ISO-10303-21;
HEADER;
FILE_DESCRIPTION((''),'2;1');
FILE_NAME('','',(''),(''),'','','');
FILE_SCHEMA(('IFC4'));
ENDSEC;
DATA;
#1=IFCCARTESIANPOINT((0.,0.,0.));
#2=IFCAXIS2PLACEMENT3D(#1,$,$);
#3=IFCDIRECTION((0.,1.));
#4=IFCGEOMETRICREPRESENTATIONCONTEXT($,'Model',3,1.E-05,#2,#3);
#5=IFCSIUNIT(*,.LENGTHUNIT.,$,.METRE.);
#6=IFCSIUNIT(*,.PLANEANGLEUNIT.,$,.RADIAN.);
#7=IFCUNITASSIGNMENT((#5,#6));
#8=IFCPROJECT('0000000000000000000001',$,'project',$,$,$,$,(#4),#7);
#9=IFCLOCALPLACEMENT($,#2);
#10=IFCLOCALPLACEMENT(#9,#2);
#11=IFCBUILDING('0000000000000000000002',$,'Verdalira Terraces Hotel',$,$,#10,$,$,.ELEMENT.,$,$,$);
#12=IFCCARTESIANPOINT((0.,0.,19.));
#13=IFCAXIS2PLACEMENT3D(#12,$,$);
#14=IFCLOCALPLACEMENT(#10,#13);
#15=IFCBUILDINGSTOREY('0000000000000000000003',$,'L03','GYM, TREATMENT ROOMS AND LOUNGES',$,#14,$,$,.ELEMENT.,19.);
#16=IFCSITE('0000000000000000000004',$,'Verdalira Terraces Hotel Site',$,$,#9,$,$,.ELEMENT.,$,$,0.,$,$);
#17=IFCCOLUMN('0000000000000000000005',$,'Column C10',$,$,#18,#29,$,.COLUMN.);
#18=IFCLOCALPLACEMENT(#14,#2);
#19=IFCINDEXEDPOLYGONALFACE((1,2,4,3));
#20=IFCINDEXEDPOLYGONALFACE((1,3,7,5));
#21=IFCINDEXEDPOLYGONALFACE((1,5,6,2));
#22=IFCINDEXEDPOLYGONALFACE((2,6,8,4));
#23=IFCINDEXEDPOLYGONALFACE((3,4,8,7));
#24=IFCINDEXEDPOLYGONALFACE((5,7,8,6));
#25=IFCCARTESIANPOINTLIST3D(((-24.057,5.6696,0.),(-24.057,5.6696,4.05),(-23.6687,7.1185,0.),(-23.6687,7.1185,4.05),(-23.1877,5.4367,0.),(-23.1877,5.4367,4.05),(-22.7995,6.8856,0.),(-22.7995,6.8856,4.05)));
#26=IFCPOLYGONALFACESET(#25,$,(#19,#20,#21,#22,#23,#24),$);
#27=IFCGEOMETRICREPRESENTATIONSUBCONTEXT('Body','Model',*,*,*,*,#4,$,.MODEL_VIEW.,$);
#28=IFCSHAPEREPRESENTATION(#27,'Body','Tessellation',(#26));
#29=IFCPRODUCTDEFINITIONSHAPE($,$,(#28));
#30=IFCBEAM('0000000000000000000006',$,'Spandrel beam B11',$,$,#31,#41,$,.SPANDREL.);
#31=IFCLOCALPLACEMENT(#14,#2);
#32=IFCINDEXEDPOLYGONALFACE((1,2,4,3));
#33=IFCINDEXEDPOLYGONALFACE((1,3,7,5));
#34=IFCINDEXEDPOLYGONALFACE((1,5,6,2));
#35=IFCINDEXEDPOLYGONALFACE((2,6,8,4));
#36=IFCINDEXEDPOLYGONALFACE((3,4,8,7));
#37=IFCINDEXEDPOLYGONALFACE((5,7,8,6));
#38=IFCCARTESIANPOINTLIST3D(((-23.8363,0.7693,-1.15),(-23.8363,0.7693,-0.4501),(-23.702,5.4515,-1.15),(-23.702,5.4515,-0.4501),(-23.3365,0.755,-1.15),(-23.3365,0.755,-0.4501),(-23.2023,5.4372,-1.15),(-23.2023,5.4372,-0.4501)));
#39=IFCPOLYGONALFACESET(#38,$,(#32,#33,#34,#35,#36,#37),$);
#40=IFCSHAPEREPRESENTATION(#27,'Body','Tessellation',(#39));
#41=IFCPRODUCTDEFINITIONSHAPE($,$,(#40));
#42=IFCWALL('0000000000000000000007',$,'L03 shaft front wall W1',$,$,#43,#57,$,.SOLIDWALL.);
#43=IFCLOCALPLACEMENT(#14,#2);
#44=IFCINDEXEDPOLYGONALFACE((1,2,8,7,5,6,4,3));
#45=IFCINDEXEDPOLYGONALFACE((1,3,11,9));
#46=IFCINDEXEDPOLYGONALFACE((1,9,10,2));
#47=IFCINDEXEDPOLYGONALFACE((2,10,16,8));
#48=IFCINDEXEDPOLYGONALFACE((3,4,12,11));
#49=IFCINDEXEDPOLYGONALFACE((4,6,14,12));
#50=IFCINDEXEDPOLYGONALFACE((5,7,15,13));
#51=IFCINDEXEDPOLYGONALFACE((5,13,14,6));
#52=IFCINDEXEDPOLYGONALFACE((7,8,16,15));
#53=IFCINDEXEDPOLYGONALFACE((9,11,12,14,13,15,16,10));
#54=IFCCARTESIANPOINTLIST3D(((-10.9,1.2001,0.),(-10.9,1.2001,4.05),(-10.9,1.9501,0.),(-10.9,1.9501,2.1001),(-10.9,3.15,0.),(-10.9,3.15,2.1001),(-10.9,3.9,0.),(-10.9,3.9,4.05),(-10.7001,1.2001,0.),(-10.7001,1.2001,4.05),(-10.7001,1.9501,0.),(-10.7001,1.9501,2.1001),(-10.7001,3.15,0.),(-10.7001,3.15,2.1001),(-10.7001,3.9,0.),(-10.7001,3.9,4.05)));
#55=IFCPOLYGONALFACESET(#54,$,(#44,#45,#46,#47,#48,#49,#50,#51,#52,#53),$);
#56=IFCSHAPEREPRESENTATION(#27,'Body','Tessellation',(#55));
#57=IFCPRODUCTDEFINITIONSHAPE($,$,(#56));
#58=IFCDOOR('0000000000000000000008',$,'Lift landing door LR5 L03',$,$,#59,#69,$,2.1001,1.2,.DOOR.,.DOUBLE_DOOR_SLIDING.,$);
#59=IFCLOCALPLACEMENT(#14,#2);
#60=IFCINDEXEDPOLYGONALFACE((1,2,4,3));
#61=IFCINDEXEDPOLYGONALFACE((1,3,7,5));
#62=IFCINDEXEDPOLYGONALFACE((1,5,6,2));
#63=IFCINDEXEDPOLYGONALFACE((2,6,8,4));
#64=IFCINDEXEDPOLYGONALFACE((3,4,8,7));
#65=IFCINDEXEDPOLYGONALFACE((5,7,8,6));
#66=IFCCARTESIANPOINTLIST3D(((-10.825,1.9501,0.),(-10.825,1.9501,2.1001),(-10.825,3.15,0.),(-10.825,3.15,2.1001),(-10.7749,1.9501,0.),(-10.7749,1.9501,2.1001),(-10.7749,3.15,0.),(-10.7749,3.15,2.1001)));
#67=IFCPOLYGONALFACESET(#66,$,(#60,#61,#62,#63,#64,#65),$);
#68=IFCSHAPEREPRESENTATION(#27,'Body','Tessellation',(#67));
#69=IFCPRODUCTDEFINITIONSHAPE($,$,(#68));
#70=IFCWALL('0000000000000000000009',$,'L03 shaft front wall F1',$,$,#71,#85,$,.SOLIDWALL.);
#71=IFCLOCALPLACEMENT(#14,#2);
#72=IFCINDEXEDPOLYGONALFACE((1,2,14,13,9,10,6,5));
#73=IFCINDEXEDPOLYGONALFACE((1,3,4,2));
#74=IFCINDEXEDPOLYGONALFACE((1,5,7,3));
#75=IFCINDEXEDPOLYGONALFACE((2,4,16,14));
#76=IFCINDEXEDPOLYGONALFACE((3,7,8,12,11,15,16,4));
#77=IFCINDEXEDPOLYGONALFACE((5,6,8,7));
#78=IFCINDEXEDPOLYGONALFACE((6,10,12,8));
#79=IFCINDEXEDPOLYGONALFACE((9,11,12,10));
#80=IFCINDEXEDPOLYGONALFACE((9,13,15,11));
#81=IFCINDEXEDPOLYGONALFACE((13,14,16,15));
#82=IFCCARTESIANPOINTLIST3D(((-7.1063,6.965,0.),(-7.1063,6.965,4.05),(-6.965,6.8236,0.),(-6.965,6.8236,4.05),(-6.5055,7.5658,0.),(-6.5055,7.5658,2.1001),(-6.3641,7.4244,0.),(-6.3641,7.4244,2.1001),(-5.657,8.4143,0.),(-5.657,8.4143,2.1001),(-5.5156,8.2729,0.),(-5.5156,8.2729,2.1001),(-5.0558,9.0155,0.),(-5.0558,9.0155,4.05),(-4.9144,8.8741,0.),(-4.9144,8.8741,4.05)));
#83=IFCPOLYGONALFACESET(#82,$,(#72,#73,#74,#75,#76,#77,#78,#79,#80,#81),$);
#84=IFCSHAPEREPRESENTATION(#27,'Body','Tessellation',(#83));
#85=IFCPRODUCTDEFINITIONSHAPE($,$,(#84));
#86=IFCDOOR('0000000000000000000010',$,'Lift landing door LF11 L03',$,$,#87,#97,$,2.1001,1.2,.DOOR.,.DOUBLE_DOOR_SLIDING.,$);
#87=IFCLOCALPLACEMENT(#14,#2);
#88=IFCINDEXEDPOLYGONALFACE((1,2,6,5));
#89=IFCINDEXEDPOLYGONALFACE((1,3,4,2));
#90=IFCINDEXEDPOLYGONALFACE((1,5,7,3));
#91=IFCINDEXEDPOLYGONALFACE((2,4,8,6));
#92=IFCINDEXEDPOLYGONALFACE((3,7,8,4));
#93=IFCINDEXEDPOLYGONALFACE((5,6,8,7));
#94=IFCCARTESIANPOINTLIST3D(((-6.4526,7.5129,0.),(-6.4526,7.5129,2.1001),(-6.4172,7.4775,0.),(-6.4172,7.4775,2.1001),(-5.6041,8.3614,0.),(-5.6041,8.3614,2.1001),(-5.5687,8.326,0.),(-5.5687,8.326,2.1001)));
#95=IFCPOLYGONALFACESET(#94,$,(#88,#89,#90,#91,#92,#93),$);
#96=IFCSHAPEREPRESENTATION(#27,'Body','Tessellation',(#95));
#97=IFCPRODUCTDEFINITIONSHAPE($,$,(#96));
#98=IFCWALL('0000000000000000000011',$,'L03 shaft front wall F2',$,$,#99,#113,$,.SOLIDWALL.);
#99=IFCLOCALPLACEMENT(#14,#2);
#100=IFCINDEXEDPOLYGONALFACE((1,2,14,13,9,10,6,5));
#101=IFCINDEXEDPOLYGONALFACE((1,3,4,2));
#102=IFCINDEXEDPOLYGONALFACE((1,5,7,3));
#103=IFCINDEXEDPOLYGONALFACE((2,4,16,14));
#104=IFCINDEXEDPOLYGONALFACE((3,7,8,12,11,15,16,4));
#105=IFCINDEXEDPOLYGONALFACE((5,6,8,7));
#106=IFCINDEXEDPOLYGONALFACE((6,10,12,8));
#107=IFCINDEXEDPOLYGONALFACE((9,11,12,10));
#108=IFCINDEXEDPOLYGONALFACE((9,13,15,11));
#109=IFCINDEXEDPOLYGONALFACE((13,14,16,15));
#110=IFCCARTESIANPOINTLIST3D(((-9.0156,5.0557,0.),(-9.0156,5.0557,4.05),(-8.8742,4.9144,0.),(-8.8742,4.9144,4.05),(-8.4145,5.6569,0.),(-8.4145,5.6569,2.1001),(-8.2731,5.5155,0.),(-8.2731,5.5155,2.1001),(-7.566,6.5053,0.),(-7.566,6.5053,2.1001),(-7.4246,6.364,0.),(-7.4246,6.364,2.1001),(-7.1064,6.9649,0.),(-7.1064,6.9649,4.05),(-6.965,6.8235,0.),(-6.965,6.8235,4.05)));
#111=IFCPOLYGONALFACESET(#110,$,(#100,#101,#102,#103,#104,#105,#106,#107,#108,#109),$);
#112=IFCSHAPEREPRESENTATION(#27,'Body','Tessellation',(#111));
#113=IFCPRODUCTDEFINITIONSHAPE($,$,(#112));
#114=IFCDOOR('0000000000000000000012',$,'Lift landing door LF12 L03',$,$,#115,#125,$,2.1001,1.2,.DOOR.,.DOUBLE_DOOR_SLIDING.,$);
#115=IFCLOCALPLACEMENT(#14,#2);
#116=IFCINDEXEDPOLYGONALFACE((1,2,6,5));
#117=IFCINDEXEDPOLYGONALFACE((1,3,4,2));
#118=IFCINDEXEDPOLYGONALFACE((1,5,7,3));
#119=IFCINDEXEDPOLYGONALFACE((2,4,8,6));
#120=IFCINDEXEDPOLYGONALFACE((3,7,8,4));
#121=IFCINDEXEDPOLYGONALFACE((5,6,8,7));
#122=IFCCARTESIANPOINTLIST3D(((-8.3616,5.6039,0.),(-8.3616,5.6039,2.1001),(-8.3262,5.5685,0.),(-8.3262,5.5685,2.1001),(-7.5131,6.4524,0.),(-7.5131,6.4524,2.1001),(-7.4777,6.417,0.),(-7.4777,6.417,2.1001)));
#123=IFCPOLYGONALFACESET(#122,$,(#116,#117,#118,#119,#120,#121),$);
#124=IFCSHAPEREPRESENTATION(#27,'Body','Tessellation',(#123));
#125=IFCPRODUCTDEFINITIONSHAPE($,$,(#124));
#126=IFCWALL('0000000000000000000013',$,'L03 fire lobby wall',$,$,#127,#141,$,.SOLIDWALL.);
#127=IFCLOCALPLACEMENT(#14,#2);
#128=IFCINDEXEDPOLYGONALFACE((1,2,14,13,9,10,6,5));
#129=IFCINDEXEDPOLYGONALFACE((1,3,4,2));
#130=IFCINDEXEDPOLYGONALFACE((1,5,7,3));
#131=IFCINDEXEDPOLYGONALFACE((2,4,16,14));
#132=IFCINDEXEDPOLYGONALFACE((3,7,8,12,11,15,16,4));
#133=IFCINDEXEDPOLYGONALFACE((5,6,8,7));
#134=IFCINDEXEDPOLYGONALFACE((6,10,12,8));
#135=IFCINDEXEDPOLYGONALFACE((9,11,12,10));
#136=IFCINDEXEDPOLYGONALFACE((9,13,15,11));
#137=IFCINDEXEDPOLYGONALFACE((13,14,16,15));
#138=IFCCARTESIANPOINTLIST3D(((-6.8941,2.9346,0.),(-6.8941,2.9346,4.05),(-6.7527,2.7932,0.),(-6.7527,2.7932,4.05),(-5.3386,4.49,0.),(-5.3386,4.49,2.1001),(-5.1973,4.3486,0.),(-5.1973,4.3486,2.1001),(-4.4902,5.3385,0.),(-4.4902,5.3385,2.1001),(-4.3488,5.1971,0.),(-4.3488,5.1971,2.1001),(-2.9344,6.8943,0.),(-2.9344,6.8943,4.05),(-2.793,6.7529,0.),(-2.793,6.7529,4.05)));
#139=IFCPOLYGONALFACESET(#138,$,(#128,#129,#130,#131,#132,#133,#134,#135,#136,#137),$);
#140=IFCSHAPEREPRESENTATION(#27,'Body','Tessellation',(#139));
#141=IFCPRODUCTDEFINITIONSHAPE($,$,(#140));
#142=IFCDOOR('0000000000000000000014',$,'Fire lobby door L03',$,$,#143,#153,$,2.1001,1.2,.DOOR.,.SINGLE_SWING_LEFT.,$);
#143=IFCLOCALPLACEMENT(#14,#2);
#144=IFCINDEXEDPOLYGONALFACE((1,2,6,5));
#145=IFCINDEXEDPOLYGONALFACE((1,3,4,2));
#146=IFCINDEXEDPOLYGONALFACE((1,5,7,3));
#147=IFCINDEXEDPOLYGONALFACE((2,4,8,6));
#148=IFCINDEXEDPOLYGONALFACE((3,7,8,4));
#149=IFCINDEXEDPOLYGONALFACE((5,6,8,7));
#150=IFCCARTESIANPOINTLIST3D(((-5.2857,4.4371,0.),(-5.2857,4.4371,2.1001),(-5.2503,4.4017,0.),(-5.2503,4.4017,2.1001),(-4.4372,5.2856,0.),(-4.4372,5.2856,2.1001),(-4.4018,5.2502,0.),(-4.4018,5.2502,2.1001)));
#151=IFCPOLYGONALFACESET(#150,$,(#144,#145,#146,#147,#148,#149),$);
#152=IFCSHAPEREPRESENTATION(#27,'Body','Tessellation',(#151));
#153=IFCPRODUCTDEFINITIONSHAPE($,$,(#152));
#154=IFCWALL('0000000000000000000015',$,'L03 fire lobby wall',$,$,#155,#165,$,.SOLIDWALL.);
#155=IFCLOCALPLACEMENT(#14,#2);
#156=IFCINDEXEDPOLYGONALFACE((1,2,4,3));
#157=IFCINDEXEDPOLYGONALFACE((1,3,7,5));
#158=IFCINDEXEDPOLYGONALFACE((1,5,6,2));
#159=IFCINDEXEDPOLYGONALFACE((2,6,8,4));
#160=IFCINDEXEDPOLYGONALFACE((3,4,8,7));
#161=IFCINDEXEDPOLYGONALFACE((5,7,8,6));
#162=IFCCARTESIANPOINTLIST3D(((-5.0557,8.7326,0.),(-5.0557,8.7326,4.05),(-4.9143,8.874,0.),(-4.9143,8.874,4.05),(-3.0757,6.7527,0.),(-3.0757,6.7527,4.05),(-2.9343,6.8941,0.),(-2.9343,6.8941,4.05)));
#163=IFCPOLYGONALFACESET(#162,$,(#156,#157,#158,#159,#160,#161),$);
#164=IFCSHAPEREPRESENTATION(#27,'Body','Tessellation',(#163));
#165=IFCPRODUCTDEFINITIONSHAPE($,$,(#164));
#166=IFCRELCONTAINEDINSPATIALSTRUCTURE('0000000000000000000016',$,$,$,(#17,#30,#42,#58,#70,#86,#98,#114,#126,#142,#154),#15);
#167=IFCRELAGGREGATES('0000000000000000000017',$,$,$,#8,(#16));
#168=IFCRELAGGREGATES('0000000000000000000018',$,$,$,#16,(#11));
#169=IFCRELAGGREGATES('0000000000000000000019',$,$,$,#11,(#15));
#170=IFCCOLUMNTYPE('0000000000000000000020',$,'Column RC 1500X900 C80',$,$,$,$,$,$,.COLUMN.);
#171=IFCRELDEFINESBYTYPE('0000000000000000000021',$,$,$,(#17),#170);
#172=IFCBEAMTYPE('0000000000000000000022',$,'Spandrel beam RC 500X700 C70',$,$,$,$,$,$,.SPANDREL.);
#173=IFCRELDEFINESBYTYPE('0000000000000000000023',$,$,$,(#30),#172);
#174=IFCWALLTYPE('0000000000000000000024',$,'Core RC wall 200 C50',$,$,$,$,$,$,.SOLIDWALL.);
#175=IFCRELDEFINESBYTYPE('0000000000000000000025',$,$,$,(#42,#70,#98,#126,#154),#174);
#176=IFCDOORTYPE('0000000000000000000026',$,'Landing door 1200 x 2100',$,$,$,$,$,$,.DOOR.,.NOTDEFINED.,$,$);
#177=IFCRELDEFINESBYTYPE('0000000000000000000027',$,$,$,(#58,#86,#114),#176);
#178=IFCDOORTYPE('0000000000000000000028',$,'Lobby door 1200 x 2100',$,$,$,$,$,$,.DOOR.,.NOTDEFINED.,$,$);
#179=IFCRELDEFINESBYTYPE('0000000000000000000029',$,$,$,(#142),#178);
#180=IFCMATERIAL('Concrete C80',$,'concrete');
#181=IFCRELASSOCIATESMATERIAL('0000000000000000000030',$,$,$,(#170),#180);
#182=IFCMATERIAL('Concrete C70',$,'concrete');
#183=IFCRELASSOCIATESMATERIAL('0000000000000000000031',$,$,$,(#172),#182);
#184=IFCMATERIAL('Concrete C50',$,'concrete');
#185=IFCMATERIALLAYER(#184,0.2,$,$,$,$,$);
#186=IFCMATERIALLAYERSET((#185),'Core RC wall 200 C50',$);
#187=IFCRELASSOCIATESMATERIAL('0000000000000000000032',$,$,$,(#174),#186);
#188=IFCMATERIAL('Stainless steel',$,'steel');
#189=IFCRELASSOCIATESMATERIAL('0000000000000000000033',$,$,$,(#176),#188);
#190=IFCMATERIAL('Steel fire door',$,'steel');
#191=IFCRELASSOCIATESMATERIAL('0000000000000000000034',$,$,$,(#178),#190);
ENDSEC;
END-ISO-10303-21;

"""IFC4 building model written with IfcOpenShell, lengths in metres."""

from ifc_helpers import new_model, si_unit, direction, frame, frame_2d, origin, origin_2d, place, context, subcontext, project, spatial, rectangle, extrude, material, layer, layer_set, material_profile, profile_set, type_object, element, fill, save


model = new_model("IFC4")

# Units and contexts
model_context = context("Model", 3, precision=1e-05, world=origin(), true_north=direction((0.0, 1.0)))
body_context = subcontext(model_context, "Body", "Model", "MODEL_VIEW")
ifc_project = project(units=[si_unit("LENGTHUNIT", "METRE"), si_unit("PLANEANGLEUNIT", "RADIAN")], contexts=[model_context])

# Site, building, storey
site_placement = place(None, origin())
site = spatial("IfcSite", under=ifc_project, at=site_placement, Name="Verdalira Terraces Hotel Site", CompositionType="ELEMENT", RefElevation=0.0)
building_placement = place(site_placement, origin())
building = spatial("IfcBuilding", under=site, at=building_placement, Name="Verdalira Terraces Hotel", CompositionType="ELEMENT")
storey_placement = place(building_placement, frame((0.0, 0.0, 19.0)))
storey = spatial("IfcBuildingStorey", under=building, at=storey_placement, Name="L03", Description="GYM, TREATMENT ROOMS AND LOUNGES", CompositionType="ELEMENT", Elevation=19.0)

# Column
ifc_material_1 = material(Name="Concrete C80", Category="concrete")
ifc_material_profile_1 = material_profile(ifc_material_1, rectangle(XDim=1.5, YDim=0.8999, at=origin_2d()), Name="RC 1500X900")
ifc_profile_set_1 = profile_set([ifc_material_profile_1], Name="Concrete C80")
column_type = type_object("IfcColumnType", Name="Column RC 1500X900 C80", PredefinedType="COLUMN", material=ifc_profile_set_1)
column_placement = place(storey_placement, frame((-23.4282, 6.2776, 0.0), z_axis=(0.0, 0.0, 1.0), x_axis=(0.258819, 0.965926, 0.0)))
element("IfcColumn", 1, at=column_placement, inside=storey, type_object=column_type, Name="Column C10", PredefinedType="COLUMN", context=body_context, shape_type="SweptSolid", body=[
    extrude(rectangle(XDim=1.5, YDim=0.8999, at=origin_2d()), origin(), (0.0, 0.0, 1.0), 4.05),
])

# Beam
ifc_material_2 = material(Name="Concrete C70", Category="concrete")
ifc_material_profile_2 = material_profile(ifc_material_2, rectangle(XDim=0.5, YDim=0.7, at=origin_2d()), Name="RC 500X700")
ifc_profile_set_2 = profile_set([ifc_material_profile_2], Name="Concrete C70")
beam_type = type_object("IfcBeamType", Name="Spandrel beam RC 500X700 C70", PredefinedType="SPANDREL", material=ifc_profile_set_2)
beam_placement = place(storey_placement, frame((-23.4521, 5.4443, -0.8), z_axis=(-0.028667, -0.999589, 0.0), x_axis=(0.999589, -0.028667, 0.0)))
element("IfcBeam", 2, at=beam_placement, inside=storey, type_object=beam_type, Name="Spandrel beam B11", PredefinedType="SPANDREL", context=body_context, shape_type="SweptSolid", body=[
    extrude(rectangle(XDim=0.5, YDim=0.7, at=origin_2d()), origin(), (0.0, 0.0, 1.0), 4.6841),
])

# Walls, openings, doors
ifc_material_3 = material(Name="Concrete C50", Category="concrete")
ifc_layer_1 = layer(ifc_material_3, 0.2)
ifc_layer_set_1 = layer_set([ifc_layer_1], Name="Core RC wall 200 C50")
wall_type_1 = type_object("IfcWallType", Name="Core RC wall 200 C50", PredefinedType="SOLIDWALL", material=ifc_layer_set_1)
wall_1_placement = place(storey_placement, frame((-10.8, 1.2, 0.0), z_axis=(0.0, 0.0, 1.0), x_axis=(0.0, 1.0, 0.0)))
wall_1 = element("IfcWall", 3, at=wall_1_placement, inside=storey, type_object=wall_type_1, Name="L03 shaft front wall W1", PredefinedType="SOLIDWALL", context=body_context, shape_type="SweptSolid", body=[
    extrude(rectangle(XDim=2.7, YDim=0.2, at=frame_2d((1.3501, 0.0))), origin(), (0.0, 0.0, 1.0), 4.05),
])
opening_1_placement = place(wall_1_placement, frame((0.75, 0.0, 0.0)))
opening_1 = element("IfcOpeningElement", 4, at=opening_1_placement, cuts=wall_1, PredefinedType="OPENING", context=body_context, shape_type="SweptSolid", body=[
    extrude(rectangle(XDim=1.2, YDim=2.1001, at=frame_2d((0.6001, 1.05))), frame((0.0, 0.1099, 0.0), z_axis=(0.0, -1.0, 0.0), x_axis=(1.0, 0.0, 0.0)), (0.0, 0.0, 1.0), 0.22),
])
ifc_material_4 = material(Name="Stainless steel", Category="steel")
door_type_1 = type_object("IfcDoorType", Name="Landing door 1200 x 2100", OperationType="NOTDEFINED", PredefinedType="DOOR", material=ifc_material_4)
door_1_placement = place(opening_1_placement, origin())
door_1 = element("IfcDoor", 5, at=door_1_placement, inside=storey, type_object=door_type_1, Name="Lift landing door LR5 L03", OperationType="DOUBLE_DOOR_SLIDING", OverallHeight=2.1001, OverallWidth=1.2, PredefinedType="DOOR", context=body_context, shape_type="SweptSolid", body=[
    extrude(rectangle(XDim=1.2, YDim=2.1001, at=frame_2d((0.6001, 1.05))), frame((0.0, 0.0249, 0.0), z_axis=(0.0, -1.0, 0.0), x_axis=(1.0, 0.0, 0.0)), (0.0, 0.0, 1.0), 0.05),
])
fill(opening_1, door_1)
wall_2_placement = place(storey_placement, frame((-4.9851, 8.9448, 0.0), z_axis=(0.0, 0.0, 1.0), x_axis=(-0.707107, -0.707107, 0.0)))
wall_2 = element("IfcWall", 6, at=wall_2_placement, inside=storey, type_object=wall_type_1, Name="L03 shaft front wall F1", PredefinedType="SOLIDWALL", context=body_context, shape_type="SweptSolid", body=[
    extrude(rectangle(XDim=2.8999, YDim=0.2, at=frame_2d((1.45, 0.0))), origin(), (0.0, 0.0, 1.0), 4.05),
])
opening_2_placement = place(wall_2_placement, frame((0.8501, 0.0, 0.0)))
opening_2 = element("IfcOpeningElement", 7, at=opening_2_placement, cuts=wall_2, PredefinedType="OPENING", context=body_context, shape_type="SweptSolid", body=[
    extrude(rectangle(XDim=1.2, YDim=2.1001, at=frame_2d((0.6001, 1.05))), frame((0.0, 0.1099, 0.0), z_axis=(0.0, -1.0, 0.0), x_axis=(1.0, 0.0, 0.0)), (0.0, 0.0, 1.0), 0.22),
])
door_2_placement = place(opening_2_placement, origin())
door_2 = element("IfcDoor", 8, at=door_2_placement, inside=storey, type_object=door_type_1, Name="Lift landing door LF11 L03", OperationType="DOUBLE_DOOR_SLIDING", OverallHeight=2.1001, OverallWidth=1.2, PredefinedType="DOOR", context=body_context, shape_type="SweptSolid", body=[
    extrude(rectangle(XDim=1.2, YDim=2.1001, at=frame_2d((0.6001, 1.05))), frame((0.0, 0.0249, 0.0), z_axis=(0.0, -1.0, 0.0), x_axis=(1.0, 0.0, 0.0)), (0.0, 0.0, 1.0), 0.05),
])
fill(opening_2, door_2)
wall_3_placement = place(storey_placement, frame((-7.0356, 6.8943, 0.0), z_axis=(0.0, 0.0, 1.0), x_axis=(-0.707107, -0.707107, 0.0)))
wall_3 = element("IfcWall", 9, at=wall_3_placement, inside=storey, type_object=wall_type_1, Name="L03 shaft front wall F2", PredefinedType="SOLIDWALL", context=body_context, shape_type="SweptSolid", body=[
    extrude(rectangle(XDim=2.7, YDim=0.2, at=frame_2d((1.3501, 0.0))), origin(), (0.0, 0.0, 1.0), 4.05),
])
opening_3_placement = place(wall_3_placement, frame((0.6499, 0.0, 0.0)))
opening_3 = element("IfcOpeningElement", 10, at=opening_3_placement, cuts=wall_3, PredefinedType="OPENING", context=body_context, shape_type="SweptSolid", body=[
    extrude(rectangle(XDim=1.2, YDim=2.1001, at=frame_2d((0.6001, 1.05))), frame((0.0, 0.1099, 0.0), z_axis=(0.0, -1.0, 0.0), x_axis=(1.0, 0.0, 0.0)), (0.0, 0.0, 1.0), 0.22),
])
door_3_placement = place(opening_3_placement, origin())
door_3 = element("IfcDoor", 11, at=door_3_placement, inside=storey, type_object=door_type_1, Name="Lift landing door LF12 L03", OperationType="DOUBLE_DOOR_SLIDING", OverallHeight=2.1001, OverallWidth=1.2, PredefinedType="DOOR", context=body_context, shape_type="SweptSolid", body=[
    extrude(rectangle(XDim=1.2, YDim=2.1001, at=frame_2d((0.6001, 1.05))), frame((0.0, 0.0249, 0.0), z_axis=(0.0, -1.0, 0.0), x_axis=(1.0, 0.0, 0.0)), (0.0, 0.0, 1.0), 0.05),
])
fill(opening_3, door_3)
wall_4_placement = place(storey_placement, frame((-2.8638, 6.8235, 0.0), z_axis=(0.0, 0.0, 1.0), x_axis=(-0.707107, -0.707107, 0.0)))
wall_4 = element("IfcWall", 12, at=wall_4_placement, inside=storey, type_object=wall_type_1, Name="L03 fire lobby wall", PredefinedType="SOLIDWALL", context=body_context, shape_type="SweptSolid", body=[
    extrude(rectangle(XDim=5.5999, YDim=0.2, at=frame_2d((2.7998, 0.0))), origin(), (0.0, 0.0, 1.0), 4.05),
])
opening_4_placement = place(wall_4_placement, frame((2.2, 0.0, 0.0)))
opening_4 = element("IfcOpeningElement", 13, at=opening_4_placement, cuts=wall_4, PredefinedType="OPENING", context=body_context, shape_type="SweptSolid", body=[
    extrude(rectangle(XDim=1.2, YDim=2.1001, at=frame_2d((0.6001, 1.05))), frame((0.0, 0.1099, 0.0), z_axis=(0.0, -1.0, 0.0), x_axis=(1.0, 0.0, 0.0)), (0.0, 0.0, 1.0), 0.22),
])
ifc_material_5 = material(Name="Steel fire door", Category="steel")
door_type_2 = type_object("IfcDoorType", Name="Lobby door 1200 x 2100", OperationType="NOTDEFINED", PredefinedType="DOOR", material=ifc_material_5)
door_4_placement = place(opening_4_placement, origin())
door_4 = element("IfcDoor", 14, at=door_4_placement, inside=storey, type_object=door_type_2, Name="Fire lobby door L03", OperationType="SINGLE_SWING_LEFT", OverallHeight=2.1001, OverallWidth=1.2, PredefinedType="DOOR", context=body_context, shape_type="SweptSolid", body=[
    extrude(rectangle(XDim=1.2, YDim=2.1001, at=frame_2d((0.6001, 1.05))), frame((0.0, 0.0249, 0.0), z_axis=(0.0, -1.0, 0.0), x_axis=(1.0, 0.0, 0.0)), (0.0, 0.0, 1.0), 0.05),
])
fill(opening_4, door_4)

# Wall
for number, where, z_axis, x_axis, name in (
    (15, (-3.0051, 6.8235, 0.0), (0.0, 0.0, 1.0), (-0.707107, 0.707107, 0.0), "L03 fire lobby wall"),
):
    element("IfcWall", number, at=place(storey_placement, frame(where, z_axis=z_axis, x_axis=x_axis)), inside=storey, type_object=wall_type_1, Name=name, PredefinedType="SOLIDWALL", context=body_context, shape_type="SweptSolid", body=[
        extrude(rectangle(XDim=2.8, YDim=0.2, at=frame_2d((1.3999, 0.0))), origin(), (0.0, 0.0, 1.0), 4.05),
    ])

save(model, "model.ifc")
